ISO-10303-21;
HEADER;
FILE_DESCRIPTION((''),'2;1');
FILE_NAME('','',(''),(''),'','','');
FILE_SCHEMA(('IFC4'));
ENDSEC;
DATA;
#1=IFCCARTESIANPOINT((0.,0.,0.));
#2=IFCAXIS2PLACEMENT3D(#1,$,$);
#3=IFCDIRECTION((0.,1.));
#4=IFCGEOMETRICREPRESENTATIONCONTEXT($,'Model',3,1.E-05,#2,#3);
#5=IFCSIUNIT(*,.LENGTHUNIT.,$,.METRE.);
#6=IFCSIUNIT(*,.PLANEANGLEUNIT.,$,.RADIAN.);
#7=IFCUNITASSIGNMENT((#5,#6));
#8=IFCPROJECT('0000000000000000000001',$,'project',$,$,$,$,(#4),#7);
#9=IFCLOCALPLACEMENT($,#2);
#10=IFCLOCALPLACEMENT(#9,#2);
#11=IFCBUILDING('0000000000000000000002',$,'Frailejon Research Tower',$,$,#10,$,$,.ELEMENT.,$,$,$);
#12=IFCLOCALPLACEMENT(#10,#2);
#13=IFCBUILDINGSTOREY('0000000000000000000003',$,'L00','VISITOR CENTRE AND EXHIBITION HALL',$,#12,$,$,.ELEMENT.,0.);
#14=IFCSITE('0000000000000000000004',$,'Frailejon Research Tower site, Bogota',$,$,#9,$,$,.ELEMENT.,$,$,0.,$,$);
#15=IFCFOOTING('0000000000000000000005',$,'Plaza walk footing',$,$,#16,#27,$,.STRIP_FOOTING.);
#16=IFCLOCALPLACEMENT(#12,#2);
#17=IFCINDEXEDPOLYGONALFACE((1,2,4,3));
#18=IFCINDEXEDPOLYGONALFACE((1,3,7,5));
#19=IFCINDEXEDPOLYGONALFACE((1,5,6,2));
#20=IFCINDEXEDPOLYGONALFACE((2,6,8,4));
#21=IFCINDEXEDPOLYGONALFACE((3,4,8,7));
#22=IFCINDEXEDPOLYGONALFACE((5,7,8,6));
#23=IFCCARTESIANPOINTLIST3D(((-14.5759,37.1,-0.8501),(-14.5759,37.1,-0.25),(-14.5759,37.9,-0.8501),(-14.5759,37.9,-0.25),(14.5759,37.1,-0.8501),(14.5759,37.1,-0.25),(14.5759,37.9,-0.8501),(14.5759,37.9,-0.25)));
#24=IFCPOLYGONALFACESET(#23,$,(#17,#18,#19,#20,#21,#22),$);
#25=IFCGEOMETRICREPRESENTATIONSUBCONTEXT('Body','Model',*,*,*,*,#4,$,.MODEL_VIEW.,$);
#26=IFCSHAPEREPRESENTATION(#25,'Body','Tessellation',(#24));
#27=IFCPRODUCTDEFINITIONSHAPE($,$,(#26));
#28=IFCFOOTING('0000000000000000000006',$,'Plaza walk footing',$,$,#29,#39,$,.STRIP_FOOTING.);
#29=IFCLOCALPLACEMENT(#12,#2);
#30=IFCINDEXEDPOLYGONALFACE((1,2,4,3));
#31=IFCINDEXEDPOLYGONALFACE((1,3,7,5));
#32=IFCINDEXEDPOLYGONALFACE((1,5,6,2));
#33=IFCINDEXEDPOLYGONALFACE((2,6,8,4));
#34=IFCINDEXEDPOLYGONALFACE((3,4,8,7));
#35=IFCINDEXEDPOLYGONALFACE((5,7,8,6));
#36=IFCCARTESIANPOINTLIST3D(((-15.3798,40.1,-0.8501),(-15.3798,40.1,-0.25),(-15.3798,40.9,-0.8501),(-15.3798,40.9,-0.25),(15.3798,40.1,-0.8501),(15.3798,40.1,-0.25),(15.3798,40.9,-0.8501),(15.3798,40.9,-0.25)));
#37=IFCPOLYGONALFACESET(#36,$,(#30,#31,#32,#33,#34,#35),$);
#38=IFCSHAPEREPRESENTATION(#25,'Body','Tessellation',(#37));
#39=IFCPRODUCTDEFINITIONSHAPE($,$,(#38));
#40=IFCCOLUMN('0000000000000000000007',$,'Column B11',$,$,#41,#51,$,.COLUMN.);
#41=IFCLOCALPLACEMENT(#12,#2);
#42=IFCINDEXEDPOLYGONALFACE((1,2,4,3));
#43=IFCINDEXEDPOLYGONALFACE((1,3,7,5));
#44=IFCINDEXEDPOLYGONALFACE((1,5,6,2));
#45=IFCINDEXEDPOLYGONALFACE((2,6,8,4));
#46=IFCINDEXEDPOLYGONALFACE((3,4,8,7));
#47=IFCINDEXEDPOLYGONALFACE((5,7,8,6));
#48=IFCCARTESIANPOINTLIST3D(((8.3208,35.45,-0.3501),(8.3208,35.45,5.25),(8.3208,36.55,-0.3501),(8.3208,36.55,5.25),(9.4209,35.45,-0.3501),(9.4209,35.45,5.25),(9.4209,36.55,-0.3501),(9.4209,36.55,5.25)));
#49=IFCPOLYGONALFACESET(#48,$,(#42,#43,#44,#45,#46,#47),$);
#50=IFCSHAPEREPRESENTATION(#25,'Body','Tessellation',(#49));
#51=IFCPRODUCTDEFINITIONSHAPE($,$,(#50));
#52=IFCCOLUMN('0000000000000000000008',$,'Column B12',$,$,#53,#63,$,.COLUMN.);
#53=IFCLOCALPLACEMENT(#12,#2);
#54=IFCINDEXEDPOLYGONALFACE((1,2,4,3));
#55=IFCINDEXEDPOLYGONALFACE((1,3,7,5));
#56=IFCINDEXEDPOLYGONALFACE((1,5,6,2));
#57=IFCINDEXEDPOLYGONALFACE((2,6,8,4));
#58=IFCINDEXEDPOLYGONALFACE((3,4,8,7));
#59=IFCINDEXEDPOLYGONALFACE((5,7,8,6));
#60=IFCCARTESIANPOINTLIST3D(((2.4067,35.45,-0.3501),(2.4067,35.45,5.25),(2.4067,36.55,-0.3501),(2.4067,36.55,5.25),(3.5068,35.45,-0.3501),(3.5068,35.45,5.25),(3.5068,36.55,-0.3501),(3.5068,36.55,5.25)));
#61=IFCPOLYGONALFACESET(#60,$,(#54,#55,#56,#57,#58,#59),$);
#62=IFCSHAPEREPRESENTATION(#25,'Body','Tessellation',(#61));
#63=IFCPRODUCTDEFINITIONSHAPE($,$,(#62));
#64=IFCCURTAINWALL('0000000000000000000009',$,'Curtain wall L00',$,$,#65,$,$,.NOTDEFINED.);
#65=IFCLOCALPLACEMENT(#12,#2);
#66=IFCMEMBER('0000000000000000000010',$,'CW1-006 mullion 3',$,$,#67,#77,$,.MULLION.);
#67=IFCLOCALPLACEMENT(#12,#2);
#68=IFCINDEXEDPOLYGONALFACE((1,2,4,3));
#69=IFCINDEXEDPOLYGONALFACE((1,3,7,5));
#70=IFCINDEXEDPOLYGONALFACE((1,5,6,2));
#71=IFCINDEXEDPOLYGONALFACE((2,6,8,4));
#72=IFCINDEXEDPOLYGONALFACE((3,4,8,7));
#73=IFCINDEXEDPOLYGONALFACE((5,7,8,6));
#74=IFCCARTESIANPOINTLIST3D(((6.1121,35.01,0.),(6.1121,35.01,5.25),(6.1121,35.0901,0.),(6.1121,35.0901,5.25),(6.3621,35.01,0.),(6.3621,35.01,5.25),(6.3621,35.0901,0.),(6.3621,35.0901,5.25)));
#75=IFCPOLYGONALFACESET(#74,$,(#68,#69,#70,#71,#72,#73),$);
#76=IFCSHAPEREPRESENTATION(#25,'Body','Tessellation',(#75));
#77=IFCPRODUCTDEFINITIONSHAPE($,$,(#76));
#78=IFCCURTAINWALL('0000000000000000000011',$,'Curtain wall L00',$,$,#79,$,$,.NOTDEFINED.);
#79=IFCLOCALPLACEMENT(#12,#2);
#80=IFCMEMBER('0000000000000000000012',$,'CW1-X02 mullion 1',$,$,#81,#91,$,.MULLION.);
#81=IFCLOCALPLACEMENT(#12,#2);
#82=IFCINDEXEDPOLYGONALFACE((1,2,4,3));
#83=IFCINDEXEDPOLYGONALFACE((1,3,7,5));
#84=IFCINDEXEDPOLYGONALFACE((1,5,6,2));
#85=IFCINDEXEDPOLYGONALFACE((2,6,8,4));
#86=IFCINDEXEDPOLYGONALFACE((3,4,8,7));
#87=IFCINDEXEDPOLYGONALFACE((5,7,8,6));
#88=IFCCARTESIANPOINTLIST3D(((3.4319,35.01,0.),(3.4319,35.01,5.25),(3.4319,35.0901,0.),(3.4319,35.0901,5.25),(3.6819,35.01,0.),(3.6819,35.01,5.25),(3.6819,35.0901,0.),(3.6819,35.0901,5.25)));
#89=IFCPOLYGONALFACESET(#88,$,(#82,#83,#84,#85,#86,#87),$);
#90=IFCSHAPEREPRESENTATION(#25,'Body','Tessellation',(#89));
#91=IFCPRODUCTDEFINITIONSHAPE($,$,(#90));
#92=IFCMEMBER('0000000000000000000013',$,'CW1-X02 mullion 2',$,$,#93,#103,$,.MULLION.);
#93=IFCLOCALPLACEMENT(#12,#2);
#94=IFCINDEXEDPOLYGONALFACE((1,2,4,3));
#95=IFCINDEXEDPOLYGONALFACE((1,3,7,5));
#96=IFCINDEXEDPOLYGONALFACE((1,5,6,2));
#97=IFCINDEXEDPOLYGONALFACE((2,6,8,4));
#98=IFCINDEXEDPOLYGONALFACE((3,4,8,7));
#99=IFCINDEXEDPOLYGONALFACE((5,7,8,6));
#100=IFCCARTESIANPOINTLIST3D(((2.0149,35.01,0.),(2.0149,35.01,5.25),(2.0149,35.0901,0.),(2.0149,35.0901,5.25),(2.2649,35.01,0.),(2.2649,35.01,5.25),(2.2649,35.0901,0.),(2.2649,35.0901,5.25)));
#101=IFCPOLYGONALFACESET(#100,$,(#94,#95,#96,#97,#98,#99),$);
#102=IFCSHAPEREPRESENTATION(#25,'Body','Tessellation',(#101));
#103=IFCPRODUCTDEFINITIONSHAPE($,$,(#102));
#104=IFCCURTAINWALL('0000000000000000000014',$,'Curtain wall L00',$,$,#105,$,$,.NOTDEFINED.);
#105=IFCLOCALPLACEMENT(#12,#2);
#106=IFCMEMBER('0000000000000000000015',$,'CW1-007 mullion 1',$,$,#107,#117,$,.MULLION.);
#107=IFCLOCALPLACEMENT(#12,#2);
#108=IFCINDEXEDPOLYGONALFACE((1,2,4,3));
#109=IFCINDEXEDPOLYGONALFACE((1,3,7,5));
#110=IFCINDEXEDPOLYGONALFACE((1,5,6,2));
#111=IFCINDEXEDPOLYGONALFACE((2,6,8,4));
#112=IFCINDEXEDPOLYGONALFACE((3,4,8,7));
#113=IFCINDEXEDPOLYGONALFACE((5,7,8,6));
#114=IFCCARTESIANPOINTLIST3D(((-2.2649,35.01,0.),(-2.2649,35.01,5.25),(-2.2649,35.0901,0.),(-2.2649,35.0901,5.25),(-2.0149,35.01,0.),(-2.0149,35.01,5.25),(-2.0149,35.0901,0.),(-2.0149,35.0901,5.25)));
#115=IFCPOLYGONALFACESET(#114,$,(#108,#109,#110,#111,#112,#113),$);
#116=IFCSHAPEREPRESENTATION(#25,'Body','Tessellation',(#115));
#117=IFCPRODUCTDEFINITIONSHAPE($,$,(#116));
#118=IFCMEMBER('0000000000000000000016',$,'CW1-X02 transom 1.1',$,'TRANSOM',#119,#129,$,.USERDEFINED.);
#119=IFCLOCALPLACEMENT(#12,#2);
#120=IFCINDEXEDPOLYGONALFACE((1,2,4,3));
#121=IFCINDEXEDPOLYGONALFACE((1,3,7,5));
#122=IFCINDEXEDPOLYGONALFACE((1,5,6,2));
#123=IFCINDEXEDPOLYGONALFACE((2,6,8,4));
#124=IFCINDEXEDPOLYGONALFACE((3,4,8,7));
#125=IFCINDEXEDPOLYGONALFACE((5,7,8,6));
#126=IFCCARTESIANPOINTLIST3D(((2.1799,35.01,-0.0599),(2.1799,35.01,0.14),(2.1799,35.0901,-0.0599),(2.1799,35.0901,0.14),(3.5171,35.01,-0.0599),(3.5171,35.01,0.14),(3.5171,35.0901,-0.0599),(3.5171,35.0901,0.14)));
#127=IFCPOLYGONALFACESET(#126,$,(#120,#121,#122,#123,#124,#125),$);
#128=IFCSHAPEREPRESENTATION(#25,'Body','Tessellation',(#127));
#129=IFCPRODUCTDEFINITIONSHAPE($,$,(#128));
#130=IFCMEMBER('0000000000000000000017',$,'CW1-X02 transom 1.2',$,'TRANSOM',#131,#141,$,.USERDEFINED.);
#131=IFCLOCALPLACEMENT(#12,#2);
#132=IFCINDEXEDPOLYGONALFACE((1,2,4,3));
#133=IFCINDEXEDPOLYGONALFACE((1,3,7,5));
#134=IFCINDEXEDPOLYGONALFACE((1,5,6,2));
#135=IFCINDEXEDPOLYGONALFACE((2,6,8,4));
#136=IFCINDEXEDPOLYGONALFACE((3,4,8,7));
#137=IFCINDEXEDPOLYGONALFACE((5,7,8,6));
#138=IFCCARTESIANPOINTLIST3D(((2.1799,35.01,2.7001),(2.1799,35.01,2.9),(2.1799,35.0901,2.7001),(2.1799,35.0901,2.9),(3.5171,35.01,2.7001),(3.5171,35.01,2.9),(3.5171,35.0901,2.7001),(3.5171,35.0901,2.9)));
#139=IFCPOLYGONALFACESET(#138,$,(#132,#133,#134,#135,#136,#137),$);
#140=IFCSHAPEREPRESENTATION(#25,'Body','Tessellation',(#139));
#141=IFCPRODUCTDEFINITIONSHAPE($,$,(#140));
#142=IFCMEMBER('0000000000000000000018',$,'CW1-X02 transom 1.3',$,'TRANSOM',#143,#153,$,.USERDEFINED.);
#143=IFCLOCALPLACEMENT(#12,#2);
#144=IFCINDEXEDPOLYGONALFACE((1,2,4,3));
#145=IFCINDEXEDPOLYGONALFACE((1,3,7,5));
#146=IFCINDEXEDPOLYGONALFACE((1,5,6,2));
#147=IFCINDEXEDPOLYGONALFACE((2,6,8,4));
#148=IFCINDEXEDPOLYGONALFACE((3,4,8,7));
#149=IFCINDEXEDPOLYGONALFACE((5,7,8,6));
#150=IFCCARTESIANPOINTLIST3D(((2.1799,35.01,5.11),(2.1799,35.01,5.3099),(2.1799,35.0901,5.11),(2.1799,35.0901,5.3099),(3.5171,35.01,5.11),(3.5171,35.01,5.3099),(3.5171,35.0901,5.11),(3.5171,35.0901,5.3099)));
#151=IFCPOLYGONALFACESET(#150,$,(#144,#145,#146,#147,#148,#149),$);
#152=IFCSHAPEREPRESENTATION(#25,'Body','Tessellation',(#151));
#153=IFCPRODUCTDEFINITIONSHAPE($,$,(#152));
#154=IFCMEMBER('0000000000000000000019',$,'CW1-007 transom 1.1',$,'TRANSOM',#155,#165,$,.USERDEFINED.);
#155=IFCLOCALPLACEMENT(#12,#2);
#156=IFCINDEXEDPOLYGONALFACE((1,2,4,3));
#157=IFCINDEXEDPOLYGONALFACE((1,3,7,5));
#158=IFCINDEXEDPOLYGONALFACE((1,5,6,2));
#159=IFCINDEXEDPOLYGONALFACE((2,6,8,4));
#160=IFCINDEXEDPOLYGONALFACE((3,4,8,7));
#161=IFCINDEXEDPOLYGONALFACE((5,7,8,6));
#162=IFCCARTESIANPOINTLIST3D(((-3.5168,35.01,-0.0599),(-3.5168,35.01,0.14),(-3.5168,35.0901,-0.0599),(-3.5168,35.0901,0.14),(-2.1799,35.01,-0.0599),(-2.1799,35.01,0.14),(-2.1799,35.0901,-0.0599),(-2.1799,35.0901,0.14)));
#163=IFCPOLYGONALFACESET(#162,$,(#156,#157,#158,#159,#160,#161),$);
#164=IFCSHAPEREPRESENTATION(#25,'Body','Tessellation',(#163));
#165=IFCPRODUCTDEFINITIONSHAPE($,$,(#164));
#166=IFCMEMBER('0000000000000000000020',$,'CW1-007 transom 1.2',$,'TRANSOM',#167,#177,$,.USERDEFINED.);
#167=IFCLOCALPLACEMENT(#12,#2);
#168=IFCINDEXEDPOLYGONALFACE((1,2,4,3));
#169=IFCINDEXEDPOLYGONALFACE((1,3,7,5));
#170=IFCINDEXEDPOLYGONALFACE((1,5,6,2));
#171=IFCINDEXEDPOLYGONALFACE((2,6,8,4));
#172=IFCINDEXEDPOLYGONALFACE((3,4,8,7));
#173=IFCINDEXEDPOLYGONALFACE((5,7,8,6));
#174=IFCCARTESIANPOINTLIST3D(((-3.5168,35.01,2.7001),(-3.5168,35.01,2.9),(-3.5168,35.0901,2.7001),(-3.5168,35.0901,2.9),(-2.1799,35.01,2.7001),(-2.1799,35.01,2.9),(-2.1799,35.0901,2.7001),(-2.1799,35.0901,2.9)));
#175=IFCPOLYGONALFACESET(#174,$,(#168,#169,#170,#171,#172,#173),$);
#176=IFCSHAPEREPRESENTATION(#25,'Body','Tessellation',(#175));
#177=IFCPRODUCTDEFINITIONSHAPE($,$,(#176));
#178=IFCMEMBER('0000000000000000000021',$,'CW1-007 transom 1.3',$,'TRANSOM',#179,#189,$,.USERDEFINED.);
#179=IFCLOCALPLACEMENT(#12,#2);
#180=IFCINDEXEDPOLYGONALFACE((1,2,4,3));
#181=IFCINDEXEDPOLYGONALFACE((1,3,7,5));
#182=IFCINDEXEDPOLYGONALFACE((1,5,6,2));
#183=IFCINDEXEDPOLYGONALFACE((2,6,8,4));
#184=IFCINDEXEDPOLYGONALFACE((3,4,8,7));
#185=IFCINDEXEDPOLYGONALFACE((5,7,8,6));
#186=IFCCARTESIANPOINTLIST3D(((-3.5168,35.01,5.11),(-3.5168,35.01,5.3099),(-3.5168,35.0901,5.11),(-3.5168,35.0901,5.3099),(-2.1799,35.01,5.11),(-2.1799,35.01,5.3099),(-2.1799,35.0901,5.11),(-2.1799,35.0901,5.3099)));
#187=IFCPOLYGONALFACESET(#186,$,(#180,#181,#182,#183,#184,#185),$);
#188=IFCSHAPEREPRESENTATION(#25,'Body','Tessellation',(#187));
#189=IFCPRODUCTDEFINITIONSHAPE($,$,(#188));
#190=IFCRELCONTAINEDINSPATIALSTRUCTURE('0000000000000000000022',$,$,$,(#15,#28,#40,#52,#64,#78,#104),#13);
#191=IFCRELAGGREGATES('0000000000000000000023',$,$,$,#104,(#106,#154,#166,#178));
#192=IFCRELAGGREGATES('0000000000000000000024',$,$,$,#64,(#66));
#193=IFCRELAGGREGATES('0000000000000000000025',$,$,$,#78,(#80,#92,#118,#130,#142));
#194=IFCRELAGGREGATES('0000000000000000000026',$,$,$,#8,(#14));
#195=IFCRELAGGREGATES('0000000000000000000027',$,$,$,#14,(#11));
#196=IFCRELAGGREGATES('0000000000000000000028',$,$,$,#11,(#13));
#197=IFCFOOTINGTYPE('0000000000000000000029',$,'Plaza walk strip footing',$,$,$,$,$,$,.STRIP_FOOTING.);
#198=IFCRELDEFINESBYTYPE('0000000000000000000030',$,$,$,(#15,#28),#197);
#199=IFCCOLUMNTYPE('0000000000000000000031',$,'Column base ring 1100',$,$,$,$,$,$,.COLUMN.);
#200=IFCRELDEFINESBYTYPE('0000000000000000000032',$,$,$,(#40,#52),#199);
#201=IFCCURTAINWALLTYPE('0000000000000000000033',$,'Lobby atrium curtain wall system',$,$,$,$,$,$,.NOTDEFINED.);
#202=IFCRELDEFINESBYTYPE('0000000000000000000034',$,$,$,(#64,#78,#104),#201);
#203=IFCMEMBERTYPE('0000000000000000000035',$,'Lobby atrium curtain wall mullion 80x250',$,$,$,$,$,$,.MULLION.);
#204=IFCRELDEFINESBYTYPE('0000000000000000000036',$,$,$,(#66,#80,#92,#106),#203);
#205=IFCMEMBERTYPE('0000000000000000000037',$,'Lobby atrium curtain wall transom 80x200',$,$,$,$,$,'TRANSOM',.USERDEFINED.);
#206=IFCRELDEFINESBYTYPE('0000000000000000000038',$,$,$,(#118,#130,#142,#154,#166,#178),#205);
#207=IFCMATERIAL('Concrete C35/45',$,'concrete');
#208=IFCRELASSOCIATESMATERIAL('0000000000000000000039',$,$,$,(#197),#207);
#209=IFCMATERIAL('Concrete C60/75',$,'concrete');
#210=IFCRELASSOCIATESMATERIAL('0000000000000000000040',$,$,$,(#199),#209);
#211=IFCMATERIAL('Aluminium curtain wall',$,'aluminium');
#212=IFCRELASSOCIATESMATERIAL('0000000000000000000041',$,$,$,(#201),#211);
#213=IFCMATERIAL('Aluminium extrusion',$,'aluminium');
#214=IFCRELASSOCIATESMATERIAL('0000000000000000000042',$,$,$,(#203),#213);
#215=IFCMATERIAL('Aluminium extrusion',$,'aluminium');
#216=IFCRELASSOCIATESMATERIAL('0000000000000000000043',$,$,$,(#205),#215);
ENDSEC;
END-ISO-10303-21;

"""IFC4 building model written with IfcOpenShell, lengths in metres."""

from ifc_helpers import new_model, si_unit, direction, frame, origin, origin_2d, place, context, subcontext, project, spatial, rectangle, extrude, material, material_profile, profile_set, type_object, element, aggregate, save


model = new_model("IFC4")

# Units and contexts
model_context = context("Model", 3, precision=1e-05, world=origin(), true_north=direction((0.0, 1.0)))
body_context = subcontext(model_context, "Body", "Model", "MODEL_VIEW")
ifc_project = project(units=[si_unit("LENGTHUNIT", "METRE"), si_unit("PLANEANGLEUNIT", "RADIAN")], contexts=[model_context])

# Site, building, storey
site_placement = place(None, origin())
site = spatial("IfcSite", under=ifc_project, at=site_placement, Name="Frailejon Research Tower site, Bogota", CompositionType="ELEMENT", RefElevation=0.0)
building_placement = place(site_placement, origin())
building = spatial("IfcBuilding", under=site, at=building_placement, Name="Frailejon Research Tower", CompositionType="ELEMENT")
storey_placement = place(building_placement, origin())
storey = spatial("IfcBuildingStorey", under=building, at=storey_placement, Name="L00", Description="VISITOR CENTRE AND EXHIBITION HALL", CompositionType="ELEMENT", Elevation=0.0)

# Footings
ifc_material_1 = material(Name="Concrete C35/45", Category="concrete")
footing_type = type_object("IfcFootingType", Name="Plaza walk strip footing", PredefinedType="STRIP_FOOTING", material=ifc_material_1)
footing_1_placement = place(storey_placement, frame((0.0, 37.5, -0.8501), z_axis=(0.0, 0.0, 1.0), x_axis=(0.0, 1.0, 0.0)))
element("IfcFooting", 1, at=footing_1_placement, inside=storey, type_object=footing_type, Name="Plaza walk footing", PredefinedType="STRIP_FOOTING", context=body_context, shape_type="SweptSolid", body=[
    extrude(rectangle(XDim=0.8, YDim=29.1519, at=origin_2d()), origin(), (0.0, 0.0, 1.0), 0.6001),
])
footing_2_placement = place(storey_placement, frame((0.0, 40.5, -0.8501), z_axis=(0.0, 0.0, 1.0), x_axis=(0.0, 1.0, 0.0)))
element("IfcFooting", 2, at=footing_2_placement, inside=storey, type_object=footing_type, Name="Plaza walk footing", PredefinedType="STRIP_FOOTING", context=body_context, shape_type="SweptSolid", body=[
    extrude(rectangle(XDim=0.8, YDim=30.7595, at=origin_2d()), origin(), (0.0, 0.0, 1.0), 0.6001),
])

# Columns
ifc_material_2 = material(Name="Concrete C60/75", Category="concrete")
ifc_material_profile_1 = material_profile(ifc_material_2, rectangle(XDim=1.1001, YDim=1.1001, at=origin_2d()), Name="Column base ring 1100")
ifc_profile_set_1 = profile_set([ifc_material_profile_1], Name="Concrete C60/75")
column_type = type_object("IfcColumnType", Name="Column base ring 1100", PredefinedType="COLUMN", material=ifc_profile_set_1)
for number, where, z_axis, x_axis, name in (
    (3, (8.8708, 36.0, -0.3501), (0.0, 0.0, 1.0), (-1.0, 0.0, 0.0), "Column B11"),
    (4, (2.9568, 36.0, -0.3501), (0.0, 0.0, 1.0), (-1.0, 0.0, 0.0), "Column B12"),
):
    element("IfcColumn", number, at=place(storey_placement, frame(where, z_axis=z_axis, x_axis=x_axis)), inside=storey, type_object=column_type, Name=name, PredefinedType="COLUMN", context=body_context, shape_type="SweptSolid", body=[
        extrude(rectangle(XDim=1.1001, YDim=1.1001, at=origin_2d()), origin(), (0.0, 0.0, 1.0), 5.6001),
    ])

# Curtain wall, member
ifc_material_3 = material(Name="Aluminium curtain wall", Category="aluminium")
curtain_wall_type = type_object("IfcCurtainWallType", Name="Lobby atrium curtain wall system", PredefinedType="NOTDEFINED", material=ifc_material_3)
curtain_wall_1_placement = place(storey_placement, origin())
curtain_wall_1 = element("IfcCurtainWall", 5, at=curtain_wall_1_placement, inside=storey, type_object=curtain_wall_type, Name="Curtain wall L00", PredefinedType="NOTDEFINED")
ifc_material_4 = material(Name="Aluminium extrusion", Category="aluminium")
ifc_material_profile_2 = material_profile(ifc_material_4, rectangle(XDim=0.0801, YDim=0.25, at=origin_2d()), Name="Lobby atrium curtain wall mullion 80x250")
ifc_profile_set_2 = profile_set([ifc_material_profile_2], Name="Aluminium extrusion")
member_type_1 = type_object("IfcMemberType", Name="Lobby atrium curtain wall mullion 80x250", PredefinedType="MULLION", material=ifc_profile_set_2)
member_1_placement = place(storey_placement, frame((6.2371, 35.05, 0.0), z_axis=(0.0, 0.0, 1.0), x_axis=(0.0, -1.0, 0.0)))
member_1 = element("IfcMember", 6, at=member_1_placement, type_object=member_type_1, Name="CW1-006 mullion 3", PredefinedType="MULLION", context=body_context, shape_type="SweptSolid", body=[
    extrude(rectangle(XDim=0.0801, YDim=0.25, at=origin_2d()), origin(), (0.0, 0.0, 1.0), 5.25),
])

# Curtain wall, members
curtain_wall_2_placement = place(storey_placement, origin())
curtain_wall_2 = element("IfcCurtainWall", 7, at=curtain_wall_2_placement, inside=storey, type_object=curtain_wall_type, Name="Curtain wall L00", PredefinedType="NOTDEFINED")
member_2_placement = place(storey_placement, frame((3.5569, 35.05, 0.0), z_axis=(0.0, 0.0, 1.0), x_axis=(0.0, -1.0, 0.0)))
member_2 = element("IfcMember", 8, at=member_2_placement, type_object=member_type_1, Name="CW1-X02 mullion 1", PredefinedType="MULLION", context=body_context, shape_type="SweptSolid", body=[
    extrude(rectangle(XDim=0.0801, YDim=0.25, at=origin_2d()), origin(), (0.0, 0.0, 1.0), 5.25),
])
member_3_placement = place(storey_placement, frame((2.1399, 35.05, 0.0), z_axis=(0.0, 0.0, 1.0), x_axis=(0.0, -1.0, 0.0)))
member_3 = element("IfcMember", 9, at=member_3_placement, type_object=member_type_1, Name="CW1-X02 mullion 2", PredefinedType="MULLION", context=body_context, shape_type="SweptSolid", body=[
    extrude(rectangle(XDim=0.0801, YDim=0.25, at=origin_2d()), origin(), (0.0, 0.0, 1.0), 5.25),
])

# Curtain wall, member
curtain_wall_3_placement = place(storey_placement, origin())
curtain_wall_3 = element("IfcCurtainWall", 10, at=curtain_wall_3_placement, inside=storey, type_object=curtain_wall_type, Name="Curtain wall L00", PredefinedType="NOTDEFINED")
member_4_placement = place(storey_placement, frame((-2.1399, 35.05, 0.0), z_axis=(0.0, 0.0, 1.0), x_axis=(0.0, -1.0, 0.0)))
member_4 = element("IfcMember", 11, at=member_4_placement, type_object=member_type_1, Name="CW1-007 mullion 1", PredefinedType="MULLION", context=body_context, shape_type="SweptSolid", body=[
    extrude(rectangle(XDim=0.0801, YDim=0.25, at=origin_2d()), origin(), (0.0, 0.0, 1.0), 5.25),
])

# Members
ifc_material_5 = material(Name="Aluminium extrusion", Category="aluminium")
ifc_material_profile_3 = material_profile(ifc_material_5, rectangle(XDim=0.0801, YDim=0.2, at=origin_2d()), Name="Lobby atrium curtain wall transom 80x200")
ifc_profile_set_3 = profile_set([ifc_material_profile_3], Name="Aluminium extrusion")
member_type_2 = type_object("IfcMemberType", Name="Lobby atrium curtain wall transom 80x200", ElementType="TRANSOM", PredefinedType="USERDEFINED", material=ifc_profile_set_3)
member_5_placement = place(storey_placement, frame((3.5171, 35.05, 0.04), z_axis=(-1.0, 0.0, 0.0), x_axis=(0.0, -1.0, 0.0)))
member_5 = element("IfcMember", 12, at=member_5_placement, type_object=member_type_2, Name="CW1-X02 transom 1.1", ObjectType="TRANSOM", PredefinedType="USERDEFINED", context=body_context, shape_type="SweptSolid", body=[
    extrude(rectangle(XDim=0.0801, YDim=0.2, at=origin_2d()), origin(), (0.0, 0.0, 1.0), 1.3372),
])
member_6_placement = place(storey_placement, frame((3.5171, 35.05, 2.8), z_axis=(-1.0, 0.0, 0.0), x_axis=(0.0, -1.0, 0.0)))
member_6 = element("IfcMember", 13, at=member_6_placement, type_object=member_type_2, Name="CW1-X02 transom 1.2", ObjectType="TRANSOM", PredefinedType="USERDEFINED", context=body_context, shape_type="SweptSolid", body=[
    extrude(rectangle(XDim=0.0801, YDim=0.2, at=origin_2d()), origin(), (0.0, 0.0, 1.0), 1.3372),
])
member_7_placement = place(storey_placement, frame((3.5171, 35.05, 5.21), z_axis=(-1.0, 0.0, 0.0), x_axis=(0.0, -1.0, 0.0)))
member_7 = element("IfcMember", 14, at=member_7_placement, type_object=member_type_2, Name="CW1-X02 transom 1.3", ObjectType="TRANSOM", PredefinedType="USERDEFINED", context=body_context, shape_type="SweptSolid", body=[
    extrude(rectangle(XDim=0.0801, YDim=0.2, at=origin_2d()), origin(), (0.0, 0.0, 1.0), 1.3372),
])
member_8_placement = place(storey_placement, frame((-2.1799, 35.05, 0.04), z_axis=(-1.0, 0.0, 0.0), x_axis=(0.0, -1.0, 0.0)))
member_8 = element("IfcMember", 15, at=member_8_placement, type_object=member_type_2, Name="CW1-007 transom 1.1", ObjectType="TRANSOM", PredefinedType="USERDEFINED", context=body_context, shape_type="SweptSolid", body=[
    extrude(rectangle(XDim=0.0801, YDim=0.2, at=origin_2d()), origin(), (0.0, 0.0, 1.0), 1.3369),
])
member_9_placement = place(storey_placement, frame((-2.1799, 35.05, 2.8), z_axis=(-1.0, 0.0, 0.0), x_axis=(0.0, -1.0, 0.0)))
member_9 = element("IfcMember", 16, at=member_9_placement, type_object=member_type_2, Name="CW1-007 transom 1.2", ObjectType="TRANSOM", PredefinedType="USERDEFINED", context=body_context, shape_type="SweptSolid", body=[
    extrude(rectangle(XDim=0.0801, YDim=0.2, at=origin_2d()), origin(), (0.0, 0.0, 1.0), 1.3369),
])
member_10_placement = place(storey_placement, frame((-2.1799, 35.05, 5.21), z_axis=(-1.0, 0.0, 0.0), x_axis=(0.0, -1.0, 0.0)))
member_10 = element("IfcMember", 17, at=member_10_placement, type_object=member_type_2, Name="CW1-007 transom 1.3", ObjectType="TRANSOM", PredefinedType="USERDEFINED", context=body_context, shape_type="SweptSolid", body=[
    extrude(rectangle(XDim=0.0801, YDim=0.2, at=origin_2d()), origin(), (0.0, 0.0, 1.0), 1.3369),
])
aggregate(curtain_wall_3, [member_4, member_8, member_9, member_10])

aggregate(curtain_wall_1, [member_1])
aggregate(curtain_wall_2, [member_2, member_3, member_5, member_6, member_7])

save(model, "model.ifc")
